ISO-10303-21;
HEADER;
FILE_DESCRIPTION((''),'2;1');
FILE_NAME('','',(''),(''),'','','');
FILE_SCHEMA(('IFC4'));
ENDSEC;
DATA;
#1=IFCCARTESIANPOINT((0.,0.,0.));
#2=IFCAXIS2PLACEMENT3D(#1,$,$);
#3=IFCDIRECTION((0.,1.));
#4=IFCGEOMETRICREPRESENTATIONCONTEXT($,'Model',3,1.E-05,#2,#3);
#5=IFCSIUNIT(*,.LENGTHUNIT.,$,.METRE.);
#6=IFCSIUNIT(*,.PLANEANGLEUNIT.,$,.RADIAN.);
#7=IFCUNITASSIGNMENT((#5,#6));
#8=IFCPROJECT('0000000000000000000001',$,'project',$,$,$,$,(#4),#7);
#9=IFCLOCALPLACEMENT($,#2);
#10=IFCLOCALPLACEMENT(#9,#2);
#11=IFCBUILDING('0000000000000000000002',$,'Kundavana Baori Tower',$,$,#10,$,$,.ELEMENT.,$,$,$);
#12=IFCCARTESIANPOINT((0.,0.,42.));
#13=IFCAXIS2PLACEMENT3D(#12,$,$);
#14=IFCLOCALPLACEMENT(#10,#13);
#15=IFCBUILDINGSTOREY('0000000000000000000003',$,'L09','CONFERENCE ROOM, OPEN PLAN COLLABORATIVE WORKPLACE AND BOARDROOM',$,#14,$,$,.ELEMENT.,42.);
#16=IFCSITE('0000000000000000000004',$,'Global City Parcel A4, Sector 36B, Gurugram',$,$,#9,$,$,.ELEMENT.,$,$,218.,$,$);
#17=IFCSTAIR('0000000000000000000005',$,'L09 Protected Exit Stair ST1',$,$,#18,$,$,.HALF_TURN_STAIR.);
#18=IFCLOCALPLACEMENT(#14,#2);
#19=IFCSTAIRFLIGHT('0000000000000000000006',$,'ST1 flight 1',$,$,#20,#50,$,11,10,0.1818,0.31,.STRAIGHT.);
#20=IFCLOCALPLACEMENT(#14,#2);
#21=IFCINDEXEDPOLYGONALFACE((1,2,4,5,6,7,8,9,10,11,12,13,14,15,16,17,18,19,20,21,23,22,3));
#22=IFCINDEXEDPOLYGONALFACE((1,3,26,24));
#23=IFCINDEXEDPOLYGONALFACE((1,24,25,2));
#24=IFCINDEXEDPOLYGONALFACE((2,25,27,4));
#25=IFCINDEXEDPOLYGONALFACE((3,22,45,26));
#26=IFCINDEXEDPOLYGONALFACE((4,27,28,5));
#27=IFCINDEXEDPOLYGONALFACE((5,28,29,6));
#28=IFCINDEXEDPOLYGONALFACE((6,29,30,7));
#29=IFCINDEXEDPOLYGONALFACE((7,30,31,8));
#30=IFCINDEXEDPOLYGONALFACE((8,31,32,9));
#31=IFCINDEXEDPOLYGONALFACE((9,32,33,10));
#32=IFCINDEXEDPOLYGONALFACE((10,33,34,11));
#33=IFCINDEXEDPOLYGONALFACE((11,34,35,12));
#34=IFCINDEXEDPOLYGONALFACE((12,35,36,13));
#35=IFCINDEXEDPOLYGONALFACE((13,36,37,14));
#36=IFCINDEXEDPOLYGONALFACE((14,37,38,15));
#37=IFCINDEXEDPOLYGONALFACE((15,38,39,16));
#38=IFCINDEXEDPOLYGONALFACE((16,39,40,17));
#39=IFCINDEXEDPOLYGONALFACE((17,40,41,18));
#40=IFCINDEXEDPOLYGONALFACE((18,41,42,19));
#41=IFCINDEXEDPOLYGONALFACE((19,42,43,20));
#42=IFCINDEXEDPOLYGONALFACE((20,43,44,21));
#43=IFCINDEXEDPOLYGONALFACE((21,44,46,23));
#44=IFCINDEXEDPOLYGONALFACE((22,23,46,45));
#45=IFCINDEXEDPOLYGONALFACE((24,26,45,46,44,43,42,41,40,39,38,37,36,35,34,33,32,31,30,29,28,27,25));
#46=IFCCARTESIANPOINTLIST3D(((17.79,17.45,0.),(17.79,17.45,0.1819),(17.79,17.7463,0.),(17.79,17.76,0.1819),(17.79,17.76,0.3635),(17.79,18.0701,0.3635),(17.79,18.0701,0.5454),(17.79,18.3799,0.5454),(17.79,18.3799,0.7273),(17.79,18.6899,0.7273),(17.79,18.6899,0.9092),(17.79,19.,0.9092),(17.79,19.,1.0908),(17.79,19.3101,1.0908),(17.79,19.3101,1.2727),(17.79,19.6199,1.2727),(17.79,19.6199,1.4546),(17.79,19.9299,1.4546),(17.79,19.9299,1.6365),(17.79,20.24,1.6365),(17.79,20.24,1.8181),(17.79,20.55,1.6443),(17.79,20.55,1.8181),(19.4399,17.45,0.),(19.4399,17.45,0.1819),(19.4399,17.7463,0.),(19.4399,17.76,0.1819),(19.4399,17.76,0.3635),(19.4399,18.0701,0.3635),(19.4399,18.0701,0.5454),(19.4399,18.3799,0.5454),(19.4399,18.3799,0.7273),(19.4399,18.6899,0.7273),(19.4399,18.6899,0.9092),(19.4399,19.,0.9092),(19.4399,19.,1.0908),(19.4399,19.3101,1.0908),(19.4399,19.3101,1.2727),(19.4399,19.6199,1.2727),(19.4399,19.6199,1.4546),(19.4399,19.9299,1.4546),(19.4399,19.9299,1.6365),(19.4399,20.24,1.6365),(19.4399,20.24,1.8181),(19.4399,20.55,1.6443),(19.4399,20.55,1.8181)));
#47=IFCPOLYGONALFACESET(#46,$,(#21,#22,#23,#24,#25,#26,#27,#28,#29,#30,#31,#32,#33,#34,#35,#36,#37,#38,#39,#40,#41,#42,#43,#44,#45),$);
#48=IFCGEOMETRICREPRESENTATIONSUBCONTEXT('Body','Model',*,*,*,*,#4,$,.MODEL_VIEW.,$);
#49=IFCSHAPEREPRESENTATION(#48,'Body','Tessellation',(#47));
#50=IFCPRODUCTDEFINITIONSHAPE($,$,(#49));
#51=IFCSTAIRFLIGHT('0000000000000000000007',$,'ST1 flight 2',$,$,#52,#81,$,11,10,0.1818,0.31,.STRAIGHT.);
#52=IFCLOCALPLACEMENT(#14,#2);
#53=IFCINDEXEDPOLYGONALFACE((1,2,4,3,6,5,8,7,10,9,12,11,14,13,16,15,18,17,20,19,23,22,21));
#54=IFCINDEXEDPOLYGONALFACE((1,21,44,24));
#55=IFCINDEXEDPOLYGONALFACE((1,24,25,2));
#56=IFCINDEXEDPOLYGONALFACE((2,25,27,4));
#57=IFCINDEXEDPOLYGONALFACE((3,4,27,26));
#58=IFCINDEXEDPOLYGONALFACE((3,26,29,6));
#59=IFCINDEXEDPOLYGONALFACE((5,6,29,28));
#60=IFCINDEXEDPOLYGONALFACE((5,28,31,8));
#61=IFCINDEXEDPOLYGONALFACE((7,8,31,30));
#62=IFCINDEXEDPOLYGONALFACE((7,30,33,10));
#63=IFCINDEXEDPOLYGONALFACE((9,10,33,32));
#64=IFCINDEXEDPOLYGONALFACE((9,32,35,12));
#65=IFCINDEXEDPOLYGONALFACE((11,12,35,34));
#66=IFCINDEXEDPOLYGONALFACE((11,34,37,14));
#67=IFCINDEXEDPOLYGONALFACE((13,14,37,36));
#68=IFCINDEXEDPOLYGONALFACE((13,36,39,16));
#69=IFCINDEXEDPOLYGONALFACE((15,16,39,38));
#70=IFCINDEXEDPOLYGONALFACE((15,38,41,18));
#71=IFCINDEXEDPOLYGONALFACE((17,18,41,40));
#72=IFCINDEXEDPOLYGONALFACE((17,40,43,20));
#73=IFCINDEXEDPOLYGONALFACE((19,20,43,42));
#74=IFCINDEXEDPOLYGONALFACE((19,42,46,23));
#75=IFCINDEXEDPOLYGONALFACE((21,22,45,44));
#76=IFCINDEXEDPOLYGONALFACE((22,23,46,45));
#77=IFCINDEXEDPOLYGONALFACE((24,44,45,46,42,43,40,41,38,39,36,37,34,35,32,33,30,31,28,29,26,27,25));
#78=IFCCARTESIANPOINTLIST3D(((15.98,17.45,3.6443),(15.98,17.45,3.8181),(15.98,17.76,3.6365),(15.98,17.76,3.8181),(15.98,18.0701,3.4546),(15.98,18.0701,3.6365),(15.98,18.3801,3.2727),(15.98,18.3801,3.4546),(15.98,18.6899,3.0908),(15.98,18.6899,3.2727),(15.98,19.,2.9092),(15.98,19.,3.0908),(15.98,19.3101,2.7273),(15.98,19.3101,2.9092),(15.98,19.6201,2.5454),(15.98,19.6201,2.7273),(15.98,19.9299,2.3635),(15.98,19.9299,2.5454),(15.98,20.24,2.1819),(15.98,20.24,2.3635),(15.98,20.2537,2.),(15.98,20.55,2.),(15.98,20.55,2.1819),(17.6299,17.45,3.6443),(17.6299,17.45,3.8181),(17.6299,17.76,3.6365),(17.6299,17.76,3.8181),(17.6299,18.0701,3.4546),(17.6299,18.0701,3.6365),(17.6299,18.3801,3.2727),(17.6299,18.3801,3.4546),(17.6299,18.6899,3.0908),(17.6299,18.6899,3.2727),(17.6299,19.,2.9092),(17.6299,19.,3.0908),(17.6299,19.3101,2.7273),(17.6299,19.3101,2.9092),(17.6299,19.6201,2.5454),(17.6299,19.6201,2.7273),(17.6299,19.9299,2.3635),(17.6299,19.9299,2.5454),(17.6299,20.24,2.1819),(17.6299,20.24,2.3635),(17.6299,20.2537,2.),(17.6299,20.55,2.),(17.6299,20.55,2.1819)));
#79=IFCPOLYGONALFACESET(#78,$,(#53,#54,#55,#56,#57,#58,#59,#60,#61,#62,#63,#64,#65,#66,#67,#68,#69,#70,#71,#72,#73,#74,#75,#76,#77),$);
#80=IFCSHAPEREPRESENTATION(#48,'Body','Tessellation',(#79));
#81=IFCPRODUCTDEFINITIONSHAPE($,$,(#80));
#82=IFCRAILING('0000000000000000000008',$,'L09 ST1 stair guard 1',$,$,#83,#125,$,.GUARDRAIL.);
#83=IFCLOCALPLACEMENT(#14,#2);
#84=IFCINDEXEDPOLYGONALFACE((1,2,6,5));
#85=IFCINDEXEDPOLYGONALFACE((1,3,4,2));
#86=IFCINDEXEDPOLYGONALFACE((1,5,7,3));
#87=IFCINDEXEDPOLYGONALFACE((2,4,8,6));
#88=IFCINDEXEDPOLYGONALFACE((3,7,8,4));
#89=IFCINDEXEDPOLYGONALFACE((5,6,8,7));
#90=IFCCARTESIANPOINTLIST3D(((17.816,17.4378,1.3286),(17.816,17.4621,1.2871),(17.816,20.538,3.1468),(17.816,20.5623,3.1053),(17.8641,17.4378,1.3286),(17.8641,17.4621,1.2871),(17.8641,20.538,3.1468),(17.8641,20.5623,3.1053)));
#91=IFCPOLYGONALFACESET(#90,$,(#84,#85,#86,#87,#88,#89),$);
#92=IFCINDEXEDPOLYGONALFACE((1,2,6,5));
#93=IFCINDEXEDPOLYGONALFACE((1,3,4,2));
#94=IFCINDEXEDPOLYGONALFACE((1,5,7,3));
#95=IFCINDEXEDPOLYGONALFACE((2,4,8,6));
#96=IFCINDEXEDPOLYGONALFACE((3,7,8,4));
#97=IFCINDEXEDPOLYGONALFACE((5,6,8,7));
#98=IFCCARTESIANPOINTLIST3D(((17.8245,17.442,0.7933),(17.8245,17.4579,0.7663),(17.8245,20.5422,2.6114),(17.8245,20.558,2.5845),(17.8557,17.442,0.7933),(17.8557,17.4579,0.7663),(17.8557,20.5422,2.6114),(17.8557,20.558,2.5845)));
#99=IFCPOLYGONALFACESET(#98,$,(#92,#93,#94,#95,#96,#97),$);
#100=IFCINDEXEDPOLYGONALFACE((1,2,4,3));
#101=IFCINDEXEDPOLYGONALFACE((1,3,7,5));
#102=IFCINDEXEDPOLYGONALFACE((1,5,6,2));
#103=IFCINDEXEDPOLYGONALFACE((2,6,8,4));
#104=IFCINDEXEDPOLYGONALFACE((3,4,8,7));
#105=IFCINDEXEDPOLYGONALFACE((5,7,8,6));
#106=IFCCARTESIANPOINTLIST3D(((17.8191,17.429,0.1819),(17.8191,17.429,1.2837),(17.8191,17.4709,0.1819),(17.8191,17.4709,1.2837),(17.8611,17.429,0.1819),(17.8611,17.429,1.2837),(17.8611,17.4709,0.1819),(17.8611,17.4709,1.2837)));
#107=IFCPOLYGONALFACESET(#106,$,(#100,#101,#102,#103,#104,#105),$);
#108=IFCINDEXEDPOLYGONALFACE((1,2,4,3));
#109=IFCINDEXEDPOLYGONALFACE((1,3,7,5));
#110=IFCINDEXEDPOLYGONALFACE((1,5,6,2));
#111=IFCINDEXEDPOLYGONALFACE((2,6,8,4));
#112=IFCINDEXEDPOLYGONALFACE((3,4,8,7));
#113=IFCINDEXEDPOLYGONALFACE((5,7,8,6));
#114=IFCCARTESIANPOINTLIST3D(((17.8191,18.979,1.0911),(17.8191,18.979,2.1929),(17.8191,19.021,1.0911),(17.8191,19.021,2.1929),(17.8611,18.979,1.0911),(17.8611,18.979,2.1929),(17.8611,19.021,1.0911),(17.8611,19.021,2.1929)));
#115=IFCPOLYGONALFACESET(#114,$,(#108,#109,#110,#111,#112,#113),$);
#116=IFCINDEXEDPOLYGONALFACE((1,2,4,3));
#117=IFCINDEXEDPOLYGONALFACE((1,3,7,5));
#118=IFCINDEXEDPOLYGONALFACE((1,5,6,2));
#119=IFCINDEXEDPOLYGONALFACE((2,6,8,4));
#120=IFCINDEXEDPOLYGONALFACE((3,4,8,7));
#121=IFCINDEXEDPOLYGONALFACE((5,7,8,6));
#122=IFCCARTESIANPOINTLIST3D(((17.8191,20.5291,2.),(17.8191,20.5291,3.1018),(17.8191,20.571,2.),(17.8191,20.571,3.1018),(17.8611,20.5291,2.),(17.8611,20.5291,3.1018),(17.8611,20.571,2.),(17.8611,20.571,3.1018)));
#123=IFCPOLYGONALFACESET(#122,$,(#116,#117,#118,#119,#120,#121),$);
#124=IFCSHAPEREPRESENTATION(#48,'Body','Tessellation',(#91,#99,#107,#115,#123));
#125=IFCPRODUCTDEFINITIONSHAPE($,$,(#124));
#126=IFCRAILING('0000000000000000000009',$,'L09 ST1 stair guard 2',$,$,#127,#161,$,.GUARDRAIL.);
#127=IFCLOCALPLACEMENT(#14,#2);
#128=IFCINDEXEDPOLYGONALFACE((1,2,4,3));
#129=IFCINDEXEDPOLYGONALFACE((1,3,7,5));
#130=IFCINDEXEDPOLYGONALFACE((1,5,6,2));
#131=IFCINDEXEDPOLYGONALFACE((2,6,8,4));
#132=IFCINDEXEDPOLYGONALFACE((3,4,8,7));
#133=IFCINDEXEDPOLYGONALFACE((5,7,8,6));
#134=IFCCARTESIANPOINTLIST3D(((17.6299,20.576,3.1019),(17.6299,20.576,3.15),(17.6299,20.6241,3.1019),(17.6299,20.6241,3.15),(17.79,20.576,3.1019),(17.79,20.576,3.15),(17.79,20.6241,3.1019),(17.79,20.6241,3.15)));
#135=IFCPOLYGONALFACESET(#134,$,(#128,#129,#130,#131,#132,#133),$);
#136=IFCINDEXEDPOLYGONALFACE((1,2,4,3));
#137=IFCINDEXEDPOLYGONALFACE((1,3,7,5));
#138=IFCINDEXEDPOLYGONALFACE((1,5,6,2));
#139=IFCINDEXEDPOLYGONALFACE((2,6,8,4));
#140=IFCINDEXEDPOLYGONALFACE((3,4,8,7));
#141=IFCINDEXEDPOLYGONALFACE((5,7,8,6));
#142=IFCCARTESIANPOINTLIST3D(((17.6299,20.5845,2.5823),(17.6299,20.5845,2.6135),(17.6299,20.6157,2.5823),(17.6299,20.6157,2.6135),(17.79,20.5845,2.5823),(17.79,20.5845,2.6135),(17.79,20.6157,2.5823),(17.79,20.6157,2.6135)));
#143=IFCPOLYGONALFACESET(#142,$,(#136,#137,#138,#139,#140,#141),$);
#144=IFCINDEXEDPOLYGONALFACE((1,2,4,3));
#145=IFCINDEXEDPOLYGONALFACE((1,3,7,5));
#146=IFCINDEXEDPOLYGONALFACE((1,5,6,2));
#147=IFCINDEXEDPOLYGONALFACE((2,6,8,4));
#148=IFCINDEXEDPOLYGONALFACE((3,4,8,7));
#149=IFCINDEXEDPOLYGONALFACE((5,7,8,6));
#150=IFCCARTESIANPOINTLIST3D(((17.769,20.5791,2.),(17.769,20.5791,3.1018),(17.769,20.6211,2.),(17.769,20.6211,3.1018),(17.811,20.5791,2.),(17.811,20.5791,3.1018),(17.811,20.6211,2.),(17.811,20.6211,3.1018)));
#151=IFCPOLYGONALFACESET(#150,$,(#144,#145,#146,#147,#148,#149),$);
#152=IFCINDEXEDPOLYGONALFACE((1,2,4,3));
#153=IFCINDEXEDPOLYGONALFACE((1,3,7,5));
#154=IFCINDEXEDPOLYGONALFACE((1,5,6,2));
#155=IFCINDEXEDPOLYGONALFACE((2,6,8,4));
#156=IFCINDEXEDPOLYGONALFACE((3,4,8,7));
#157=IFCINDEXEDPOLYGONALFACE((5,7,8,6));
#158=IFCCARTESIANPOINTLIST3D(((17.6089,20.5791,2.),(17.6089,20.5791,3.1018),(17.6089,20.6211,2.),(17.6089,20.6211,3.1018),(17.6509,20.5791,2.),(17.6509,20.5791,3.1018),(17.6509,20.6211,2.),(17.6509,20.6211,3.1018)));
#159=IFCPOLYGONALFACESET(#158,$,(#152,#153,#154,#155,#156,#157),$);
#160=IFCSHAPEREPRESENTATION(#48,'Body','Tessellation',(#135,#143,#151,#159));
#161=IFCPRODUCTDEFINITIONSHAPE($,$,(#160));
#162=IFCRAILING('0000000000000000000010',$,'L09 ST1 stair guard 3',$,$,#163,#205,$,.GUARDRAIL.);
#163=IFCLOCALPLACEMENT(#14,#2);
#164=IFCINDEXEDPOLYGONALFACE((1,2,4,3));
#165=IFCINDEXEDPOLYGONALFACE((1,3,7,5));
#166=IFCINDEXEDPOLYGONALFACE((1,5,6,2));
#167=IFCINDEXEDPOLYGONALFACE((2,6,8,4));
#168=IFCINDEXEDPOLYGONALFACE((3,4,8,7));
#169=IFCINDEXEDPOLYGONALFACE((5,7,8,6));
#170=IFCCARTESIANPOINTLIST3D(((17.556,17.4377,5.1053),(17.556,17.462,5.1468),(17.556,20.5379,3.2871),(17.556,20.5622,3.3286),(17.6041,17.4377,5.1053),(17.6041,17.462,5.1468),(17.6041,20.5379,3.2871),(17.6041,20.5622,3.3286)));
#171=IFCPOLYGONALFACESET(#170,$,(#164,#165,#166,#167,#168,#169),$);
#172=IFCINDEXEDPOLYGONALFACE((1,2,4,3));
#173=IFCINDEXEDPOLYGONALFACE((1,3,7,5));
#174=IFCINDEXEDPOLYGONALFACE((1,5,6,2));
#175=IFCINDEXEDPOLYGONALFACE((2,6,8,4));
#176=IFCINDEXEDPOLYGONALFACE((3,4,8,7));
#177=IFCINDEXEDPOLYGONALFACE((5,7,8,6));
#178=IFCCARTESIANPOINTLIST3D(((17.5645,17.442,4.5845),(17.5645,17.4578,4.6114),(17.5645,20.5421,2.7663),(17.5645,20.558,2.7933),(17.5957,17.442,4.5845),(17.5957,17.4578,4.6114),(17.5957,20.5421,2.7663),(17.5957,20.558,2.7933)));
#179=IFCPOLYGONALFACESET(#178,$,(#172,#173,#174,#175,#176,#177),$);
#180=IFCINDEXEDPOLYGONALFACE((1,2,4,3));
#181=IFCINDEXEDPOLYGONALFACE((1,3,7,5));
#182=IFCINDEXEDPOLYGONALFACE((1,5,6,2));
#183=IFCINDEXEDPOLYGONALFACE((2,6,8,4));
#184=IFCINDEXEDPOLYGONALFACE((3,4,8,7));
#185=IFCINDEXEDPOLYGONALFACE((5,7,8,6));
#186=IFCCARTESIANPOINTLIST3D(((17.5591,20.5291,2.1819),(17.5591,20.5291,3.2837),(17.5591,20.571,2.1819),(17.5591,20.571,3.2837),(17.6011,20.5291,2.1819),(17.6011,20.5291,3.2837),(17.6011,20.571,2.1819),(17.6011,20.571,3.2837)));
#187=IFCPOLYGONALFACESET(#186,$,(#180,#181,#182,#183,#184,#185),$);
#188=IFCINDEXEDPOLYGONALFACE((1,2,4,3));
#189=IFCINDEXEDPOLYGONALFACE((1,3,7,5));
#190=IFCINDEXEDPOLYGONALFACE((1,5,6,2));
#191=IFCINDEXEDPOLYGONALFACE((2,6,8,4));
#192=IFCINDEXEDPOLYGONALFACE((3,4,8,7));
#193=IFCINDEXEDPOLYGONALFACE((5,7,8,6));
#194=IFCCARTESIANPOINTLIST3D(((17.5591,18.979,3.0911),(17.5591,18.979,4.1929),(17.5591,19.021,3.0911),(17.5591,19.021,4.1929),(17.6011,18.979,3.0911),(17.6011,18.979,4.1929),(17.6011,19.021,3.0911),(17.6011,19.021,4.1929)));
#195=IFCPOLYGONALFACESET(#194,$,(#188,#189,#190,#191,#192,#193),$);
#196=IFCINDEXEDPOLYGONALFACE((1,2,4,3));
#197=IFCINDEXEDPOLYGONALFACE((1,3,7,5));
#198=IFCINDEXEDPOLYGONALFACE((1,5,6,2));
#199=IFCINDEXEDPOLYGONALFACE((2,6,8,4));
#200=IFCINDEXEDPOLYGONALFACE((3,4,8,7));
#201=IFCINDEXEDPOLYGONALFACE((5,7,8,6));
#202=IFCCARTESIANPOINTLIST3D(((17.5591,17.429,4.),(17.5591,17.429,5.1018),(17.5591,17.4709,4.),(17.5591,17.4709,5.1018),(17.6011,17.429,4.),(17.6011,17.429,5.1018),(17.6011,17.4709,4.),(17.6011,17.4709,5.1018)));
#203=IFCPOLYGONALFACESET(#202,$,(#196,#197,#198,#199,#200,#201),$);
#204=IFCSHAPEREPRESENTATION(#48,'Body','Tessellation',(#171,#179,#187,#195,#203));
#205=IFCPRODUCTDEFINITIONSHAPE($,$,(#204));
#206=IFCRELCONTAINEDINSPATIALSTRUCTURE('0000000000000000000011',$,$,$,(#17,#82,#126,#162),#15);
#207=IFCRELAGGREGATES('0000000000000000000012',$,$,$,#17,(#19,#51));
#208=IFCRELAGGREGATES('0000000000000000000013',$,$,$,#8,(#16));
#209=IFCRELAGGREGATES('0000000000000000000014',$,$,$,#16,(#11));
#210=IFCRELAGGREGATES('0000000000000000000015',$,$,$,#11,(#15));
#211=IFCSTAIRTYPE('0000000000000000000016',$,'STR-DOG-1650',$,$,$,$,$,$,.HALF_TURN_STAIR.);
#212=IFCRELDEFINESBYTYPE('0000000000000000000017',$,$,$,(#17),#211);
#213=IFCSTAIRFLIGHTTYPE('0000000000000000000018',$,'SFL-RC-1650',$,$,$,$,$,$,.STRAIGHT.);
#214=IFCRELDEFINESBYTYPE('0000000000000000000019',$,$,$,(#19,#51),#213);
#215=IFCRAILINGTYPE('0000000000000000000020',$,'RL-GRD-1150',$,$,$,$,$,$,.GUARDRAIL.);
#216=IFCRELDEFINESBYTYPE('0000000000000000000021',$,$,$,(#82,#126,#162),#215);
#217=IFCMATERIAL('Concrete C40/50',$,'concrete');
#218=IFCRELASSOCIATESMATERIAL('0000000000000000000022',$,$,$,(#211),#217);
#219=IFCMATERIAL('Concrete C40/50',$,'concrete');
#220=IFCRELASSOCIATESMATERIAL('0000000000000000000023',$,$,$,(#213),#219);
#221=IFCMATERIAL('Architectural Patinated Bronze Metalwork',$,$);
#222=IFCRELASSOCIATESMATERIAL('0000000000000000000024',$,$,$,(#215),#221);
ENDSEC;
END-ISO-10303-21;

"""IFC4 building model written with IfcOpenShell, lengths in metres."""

from ifc_helpers import new_model, si_unit, direction, frame, origin, origin_2d, place, context, subcontext, project, spatial, polyline, rectangle, outline, extrude, material, type_object, element, aggregate, save


model = new_model("IFC4")

# Units and contexts
model_context = context("Model", 3, precision=1e-05, world=origin(), true_north=direction((0.0, 1.0)))
body_context = subcontext(model_context, "Body", "Model", "MODEL_VIEW")
ifc_project = project(units=[si_unit("LENGTHUNIT", "METRE"), si_unit("PLANEANGLEUNIT", "RADIAN")], contexts=[model_context])

# Site, building, storey
site_placement = place(None, origin())
site = spatial("IfcSite", under=ifc_project, at=site_placement, Name="Global City Parcel A4, Sector 36B, Gurugram", CompositionType="ELEMENT", RefElevation=218.0)
building_placement = place(site_placement, origin())
building = spatial("IfcBuilding", under=site, at=building_placement, Name="Kundavana Baori Tower", CompositionType="ELEMENT")
storey_placement = place(building_placement, frame((0.0, 0.0, 42.0)))
storey = spatial("IfcBuildingStorey", under=building, at=storey_placement, Name="L09", Description="CONFERENCE ROOM, OPEN PLAN COLLABORATIVE WORKPLACE AND BOARDROOM", CompositionType="ELEMENT", Elevation=42.0)

# Stair, stair flights
ifc_material_1 = material(Name="Concrete C40/50", Category="concrete")
stair_type = type_object("IfcStairType", Name="STR-DOG-1650", PredefinedType="HALF_TURN_STAIR", material=ifc_material_1)
stair_placement = place(storey_placement, origin())
stair = element("IfcStair", 1, at=stair_placement, inside=storey, type_object=stair_type, Name="L09 Protected Exit Stair ST1", PredefinedType="HALF_TURN_STAIR")
ifc_material_2 = material(Name="Concrete C40/50", Category="concrete")
stair_flight_type = type_object("IfcStairFlightType", Name="SFL-RC-1650", PredefinedType="STRAIGHT", material=ifc_material_2)
stair_flight_1_placement = place(storey_placement, frame((18.615, 17.45, 0.0), z_axis=(0.0, 0.0, 1.0), x_axis=(0.0, 1.0, 0.0)))
stair_flight_1 = element("IfcStairFlight", 2, at=stair_flight_1_placement, type_object=stair_flight_type, Name="ST1 flight 1", NumberOfRisers=11, NumberOfTreads=10, PredefinedType="STRAIGHT", RiserHeight=0.1818, TreadLength=0.31, context=body_context, shape_type="SweptSolid", body=[
    extrude(outline(polyline([(0.0, 0.0), (0.0, 0.1819), (0.3101, 0.1819), (0.3101, 0.3635), (0.6201, 0.3635), (0.6201, 0.5454), (0.9299, 0.5454), (0.9299, 0.7273), (1.24, 0.7273), (1.24, 0.9092), (1.55, 0.9092), (1.55, 1.0908), (1.8601, 1.0908), (1.8601, 1.2727), (2.1699, 1.2727), (2.1699, 1.4546), (2.48, 1.4546), (2.48, 1.6365), (2.79, 1.6365), (2.79, 1.8181), (3.1001, 1.8181), (3.1001, 2.0), (3.1001, 1.6443), (0.2964, 0.0), (0.0, 0.0)])), frame((0.0, 0.825, 0.0), z_axis=(0.0, -1.0, 0.0), x_axis=(1.0, 0.0, 0.0)), (0.0, 0.0, 1.0), 1.6499),
])
stair_flight_2_placement = place(storey_placement, frame((16.8049, 20.55, 2.0), z_axis=(0.0, 0.0, 1.0), x_axis=(0.0, -1.0, 0.0)))
stair_flight_2 = element("IfcStairFlight", 3, at=stair_flight_2_placement, type_object=stair_flight_type, Name="ST1 flight 2", NumberOfRisers=11, NumberOfTreads=10, PredefinedType="STRAIGHT", RiserHeight=0.1818, TreadLength=0.31, context=body_context, shape_type="SweptSolid", body=[
    extrude(outline(polyline([(0.0, 0.0), (0.0, 0.1819), (0.3101, 0.1819), (0.3101, 0.3635), (0.6201, 0.3635), (0.6201, 0.5454), (0.9299, 0.5454), (0.9299, 0.7273), (1.24, 0.7273), (1.24, 0.9092), (1.55, 0.9092), (1.55, 1.0908), (1.8601, 1.0908), (1.8601, 1.2727), (2.1699, 1.2727), (2.1699, 1.4546), (2.48, 1.4546), (2.48, 1.6365), (2.79, 1.6365), (2.79, 1.8181), (3.1001, 1.8181), (3.1001, 2.0), (3.1001, 1.6443), (0.2964, 0.0), (0.0, 0.0)])), frame((0.0, 0.825, 0.0), z_axis=(0.0, -1.0, 0.0), x_axis=(1.0, 0.0, 0.0)), (0.0, 0.0, 1.0), 1.6499),
])
aggregate(stair, [stair_flight_1, stair_flight_2])

# Railings
ifc_material_3 = material(Name="Architectural Patinated Bronze Metalwork")
railing_type_1 = type_object("IfcRailingType", Name="RL-GRD-1150", PredefinedType="GUARDRAIL", material=ifc_material_3)
railing_1_placement = place(storey_placement, frame((17.8401, 17.45, 0.1819)))
element("IfcRailing", 4, at=railing_1_placement, inside=storey, type_object=railing_type_1, Name="L09 ST1 stair guard 1", PredefinedType="GUARDRAIL", context=body_context, shape_type="SweptSolid", body=[
    extrude(rectangle(XDim=0.0481, YDim=0.0481, at=origin_2d()), frame((0.0, 0.0, 1.126), z_axis=(0.0, 0.862599, 0.505889), x_axis=(-1.0, 0.0, 0.0)), (0.0, 0.0, 1.0), 3.594),
    extrude(rectangle(XDim=0.0312, YDim=0.0312, at=origin_2d()), frame((0.0, 0.0, 0.5979), z_axis=(0.0, 0.862599, 0.505889), x_axis=(-1.0, 0.0, 0.0)), (0.0, 0.0, 1.0), 3.594),
    extrude(rectangle(XDim=0.042, YDim=0.042, at=origin_2d()), origin(), (0.0, 0.0, 1.0), 1.1018),
    extrude(rectangle(XDim=0.042, YDim=0.042, at=origin_2d()), frame((0.0, 1.55, 0.9092)), (0.0, 0.0, 1.0), 1.1018),
    extrude(rectangle(XDim=0.042, YDim=0.042, at=origin_2d()), frame((0.0, 3.1001, 1.8181)), (0.0, 0.0, 1.0), 1.1018),
])
railing_2_placement = place(storey_placement, frame((17.79, 20.6001, 2.0)))
element("IfcRailing", 5, at=railing_2_placement, inside=storey, type_object=railing_type_1, Name="L09 ST1 stair guard 2", PredefinedType="GUARDRAIL", context=body_context, shape_type="SweptSolid", body=[
    extrude(rectangle(XDim=0.0481, YDim=0.0481, at=origin_2d()), frame((0.0, 0.0, 1.126), z_axis=(-1.0, 0.0, 0.0), x_axis=(0.0, -1.0, 0.0)), (0.0, 0.0, 1.0), 0.1602),
    extrude(rectangle(XDim=0.0312, YDim=0.0312, at=origin_2d()), frame((0.0, 0.0, 0.5979), z_axis=(-1.0, 0.0, 0.0), x_axis=(0.0, -1.0, 0.0)), (0.0, 0.0, 1.0), 0.1602),
    extrude(rectangle(XDim=0.042, YDim=0.042, at=origin_2d()), origin(), (0.0, 0.0, 1.0), 1.1018),
    extrude(rectangle(XDim=0.042, YDim=0.042, at=origin_2d()), frame((-0.1602, 0.0, 0.0)), (0.0, 0.0, 1.0), 1.1018),
])
railing_3_placement = place(storey_placement, frame((17.5801, 20.55, 2.1819)))
element("IfcRailing", 6, at=railing_3_placement, inside=storey, type_object=railing_type_1, Name="L09 ST1 stair guard 3", PredefinedType="GUARDRAIL", context=body_context, shape_type="SweptSolid", body=[
    extrude(rectangle(XDim=0.0481, YDim=0.0481, at=origin_2d()), frame((0.0, 0.0, 1.126), z_axis=(0.0, -0.862599, 0.505889), x_axis=(1.0, 0.0, 0.0)), (0.0, 0.0, 1.0), 3.594),
    extrude(rectangle(XDim=0.0312, YDim=0.0312, at=origin_2d()), frame((0.0, 0.0, 0.5979), z_axis=(0.0, -0.862599, 0.505889), x_axis=(1.0, 0.0, 0.0)), (0.0, 0.0, 1.0), 3.594),
    extrude(rectangle(XDim=0.042, YDim=0.042, at=origin_2d()), origin(), (0.0, 0.0, 1.0), 1.1018),
    extrude(rectangle(XDim=0.042, YDim=0.042, at=origin_2d()), frame((0.0, -1.55, 0.9092)), (0.0, 0.0, 1.0), 1.1018),
    extrude(rectangle(XDim=0.042, YDim=0.042, at=origin_2d()), frame((0.0, -3.1001, 1.8181)), (0.0, 0.0, 1.0), 1.1018),
])

save(model, "model.ifc")
